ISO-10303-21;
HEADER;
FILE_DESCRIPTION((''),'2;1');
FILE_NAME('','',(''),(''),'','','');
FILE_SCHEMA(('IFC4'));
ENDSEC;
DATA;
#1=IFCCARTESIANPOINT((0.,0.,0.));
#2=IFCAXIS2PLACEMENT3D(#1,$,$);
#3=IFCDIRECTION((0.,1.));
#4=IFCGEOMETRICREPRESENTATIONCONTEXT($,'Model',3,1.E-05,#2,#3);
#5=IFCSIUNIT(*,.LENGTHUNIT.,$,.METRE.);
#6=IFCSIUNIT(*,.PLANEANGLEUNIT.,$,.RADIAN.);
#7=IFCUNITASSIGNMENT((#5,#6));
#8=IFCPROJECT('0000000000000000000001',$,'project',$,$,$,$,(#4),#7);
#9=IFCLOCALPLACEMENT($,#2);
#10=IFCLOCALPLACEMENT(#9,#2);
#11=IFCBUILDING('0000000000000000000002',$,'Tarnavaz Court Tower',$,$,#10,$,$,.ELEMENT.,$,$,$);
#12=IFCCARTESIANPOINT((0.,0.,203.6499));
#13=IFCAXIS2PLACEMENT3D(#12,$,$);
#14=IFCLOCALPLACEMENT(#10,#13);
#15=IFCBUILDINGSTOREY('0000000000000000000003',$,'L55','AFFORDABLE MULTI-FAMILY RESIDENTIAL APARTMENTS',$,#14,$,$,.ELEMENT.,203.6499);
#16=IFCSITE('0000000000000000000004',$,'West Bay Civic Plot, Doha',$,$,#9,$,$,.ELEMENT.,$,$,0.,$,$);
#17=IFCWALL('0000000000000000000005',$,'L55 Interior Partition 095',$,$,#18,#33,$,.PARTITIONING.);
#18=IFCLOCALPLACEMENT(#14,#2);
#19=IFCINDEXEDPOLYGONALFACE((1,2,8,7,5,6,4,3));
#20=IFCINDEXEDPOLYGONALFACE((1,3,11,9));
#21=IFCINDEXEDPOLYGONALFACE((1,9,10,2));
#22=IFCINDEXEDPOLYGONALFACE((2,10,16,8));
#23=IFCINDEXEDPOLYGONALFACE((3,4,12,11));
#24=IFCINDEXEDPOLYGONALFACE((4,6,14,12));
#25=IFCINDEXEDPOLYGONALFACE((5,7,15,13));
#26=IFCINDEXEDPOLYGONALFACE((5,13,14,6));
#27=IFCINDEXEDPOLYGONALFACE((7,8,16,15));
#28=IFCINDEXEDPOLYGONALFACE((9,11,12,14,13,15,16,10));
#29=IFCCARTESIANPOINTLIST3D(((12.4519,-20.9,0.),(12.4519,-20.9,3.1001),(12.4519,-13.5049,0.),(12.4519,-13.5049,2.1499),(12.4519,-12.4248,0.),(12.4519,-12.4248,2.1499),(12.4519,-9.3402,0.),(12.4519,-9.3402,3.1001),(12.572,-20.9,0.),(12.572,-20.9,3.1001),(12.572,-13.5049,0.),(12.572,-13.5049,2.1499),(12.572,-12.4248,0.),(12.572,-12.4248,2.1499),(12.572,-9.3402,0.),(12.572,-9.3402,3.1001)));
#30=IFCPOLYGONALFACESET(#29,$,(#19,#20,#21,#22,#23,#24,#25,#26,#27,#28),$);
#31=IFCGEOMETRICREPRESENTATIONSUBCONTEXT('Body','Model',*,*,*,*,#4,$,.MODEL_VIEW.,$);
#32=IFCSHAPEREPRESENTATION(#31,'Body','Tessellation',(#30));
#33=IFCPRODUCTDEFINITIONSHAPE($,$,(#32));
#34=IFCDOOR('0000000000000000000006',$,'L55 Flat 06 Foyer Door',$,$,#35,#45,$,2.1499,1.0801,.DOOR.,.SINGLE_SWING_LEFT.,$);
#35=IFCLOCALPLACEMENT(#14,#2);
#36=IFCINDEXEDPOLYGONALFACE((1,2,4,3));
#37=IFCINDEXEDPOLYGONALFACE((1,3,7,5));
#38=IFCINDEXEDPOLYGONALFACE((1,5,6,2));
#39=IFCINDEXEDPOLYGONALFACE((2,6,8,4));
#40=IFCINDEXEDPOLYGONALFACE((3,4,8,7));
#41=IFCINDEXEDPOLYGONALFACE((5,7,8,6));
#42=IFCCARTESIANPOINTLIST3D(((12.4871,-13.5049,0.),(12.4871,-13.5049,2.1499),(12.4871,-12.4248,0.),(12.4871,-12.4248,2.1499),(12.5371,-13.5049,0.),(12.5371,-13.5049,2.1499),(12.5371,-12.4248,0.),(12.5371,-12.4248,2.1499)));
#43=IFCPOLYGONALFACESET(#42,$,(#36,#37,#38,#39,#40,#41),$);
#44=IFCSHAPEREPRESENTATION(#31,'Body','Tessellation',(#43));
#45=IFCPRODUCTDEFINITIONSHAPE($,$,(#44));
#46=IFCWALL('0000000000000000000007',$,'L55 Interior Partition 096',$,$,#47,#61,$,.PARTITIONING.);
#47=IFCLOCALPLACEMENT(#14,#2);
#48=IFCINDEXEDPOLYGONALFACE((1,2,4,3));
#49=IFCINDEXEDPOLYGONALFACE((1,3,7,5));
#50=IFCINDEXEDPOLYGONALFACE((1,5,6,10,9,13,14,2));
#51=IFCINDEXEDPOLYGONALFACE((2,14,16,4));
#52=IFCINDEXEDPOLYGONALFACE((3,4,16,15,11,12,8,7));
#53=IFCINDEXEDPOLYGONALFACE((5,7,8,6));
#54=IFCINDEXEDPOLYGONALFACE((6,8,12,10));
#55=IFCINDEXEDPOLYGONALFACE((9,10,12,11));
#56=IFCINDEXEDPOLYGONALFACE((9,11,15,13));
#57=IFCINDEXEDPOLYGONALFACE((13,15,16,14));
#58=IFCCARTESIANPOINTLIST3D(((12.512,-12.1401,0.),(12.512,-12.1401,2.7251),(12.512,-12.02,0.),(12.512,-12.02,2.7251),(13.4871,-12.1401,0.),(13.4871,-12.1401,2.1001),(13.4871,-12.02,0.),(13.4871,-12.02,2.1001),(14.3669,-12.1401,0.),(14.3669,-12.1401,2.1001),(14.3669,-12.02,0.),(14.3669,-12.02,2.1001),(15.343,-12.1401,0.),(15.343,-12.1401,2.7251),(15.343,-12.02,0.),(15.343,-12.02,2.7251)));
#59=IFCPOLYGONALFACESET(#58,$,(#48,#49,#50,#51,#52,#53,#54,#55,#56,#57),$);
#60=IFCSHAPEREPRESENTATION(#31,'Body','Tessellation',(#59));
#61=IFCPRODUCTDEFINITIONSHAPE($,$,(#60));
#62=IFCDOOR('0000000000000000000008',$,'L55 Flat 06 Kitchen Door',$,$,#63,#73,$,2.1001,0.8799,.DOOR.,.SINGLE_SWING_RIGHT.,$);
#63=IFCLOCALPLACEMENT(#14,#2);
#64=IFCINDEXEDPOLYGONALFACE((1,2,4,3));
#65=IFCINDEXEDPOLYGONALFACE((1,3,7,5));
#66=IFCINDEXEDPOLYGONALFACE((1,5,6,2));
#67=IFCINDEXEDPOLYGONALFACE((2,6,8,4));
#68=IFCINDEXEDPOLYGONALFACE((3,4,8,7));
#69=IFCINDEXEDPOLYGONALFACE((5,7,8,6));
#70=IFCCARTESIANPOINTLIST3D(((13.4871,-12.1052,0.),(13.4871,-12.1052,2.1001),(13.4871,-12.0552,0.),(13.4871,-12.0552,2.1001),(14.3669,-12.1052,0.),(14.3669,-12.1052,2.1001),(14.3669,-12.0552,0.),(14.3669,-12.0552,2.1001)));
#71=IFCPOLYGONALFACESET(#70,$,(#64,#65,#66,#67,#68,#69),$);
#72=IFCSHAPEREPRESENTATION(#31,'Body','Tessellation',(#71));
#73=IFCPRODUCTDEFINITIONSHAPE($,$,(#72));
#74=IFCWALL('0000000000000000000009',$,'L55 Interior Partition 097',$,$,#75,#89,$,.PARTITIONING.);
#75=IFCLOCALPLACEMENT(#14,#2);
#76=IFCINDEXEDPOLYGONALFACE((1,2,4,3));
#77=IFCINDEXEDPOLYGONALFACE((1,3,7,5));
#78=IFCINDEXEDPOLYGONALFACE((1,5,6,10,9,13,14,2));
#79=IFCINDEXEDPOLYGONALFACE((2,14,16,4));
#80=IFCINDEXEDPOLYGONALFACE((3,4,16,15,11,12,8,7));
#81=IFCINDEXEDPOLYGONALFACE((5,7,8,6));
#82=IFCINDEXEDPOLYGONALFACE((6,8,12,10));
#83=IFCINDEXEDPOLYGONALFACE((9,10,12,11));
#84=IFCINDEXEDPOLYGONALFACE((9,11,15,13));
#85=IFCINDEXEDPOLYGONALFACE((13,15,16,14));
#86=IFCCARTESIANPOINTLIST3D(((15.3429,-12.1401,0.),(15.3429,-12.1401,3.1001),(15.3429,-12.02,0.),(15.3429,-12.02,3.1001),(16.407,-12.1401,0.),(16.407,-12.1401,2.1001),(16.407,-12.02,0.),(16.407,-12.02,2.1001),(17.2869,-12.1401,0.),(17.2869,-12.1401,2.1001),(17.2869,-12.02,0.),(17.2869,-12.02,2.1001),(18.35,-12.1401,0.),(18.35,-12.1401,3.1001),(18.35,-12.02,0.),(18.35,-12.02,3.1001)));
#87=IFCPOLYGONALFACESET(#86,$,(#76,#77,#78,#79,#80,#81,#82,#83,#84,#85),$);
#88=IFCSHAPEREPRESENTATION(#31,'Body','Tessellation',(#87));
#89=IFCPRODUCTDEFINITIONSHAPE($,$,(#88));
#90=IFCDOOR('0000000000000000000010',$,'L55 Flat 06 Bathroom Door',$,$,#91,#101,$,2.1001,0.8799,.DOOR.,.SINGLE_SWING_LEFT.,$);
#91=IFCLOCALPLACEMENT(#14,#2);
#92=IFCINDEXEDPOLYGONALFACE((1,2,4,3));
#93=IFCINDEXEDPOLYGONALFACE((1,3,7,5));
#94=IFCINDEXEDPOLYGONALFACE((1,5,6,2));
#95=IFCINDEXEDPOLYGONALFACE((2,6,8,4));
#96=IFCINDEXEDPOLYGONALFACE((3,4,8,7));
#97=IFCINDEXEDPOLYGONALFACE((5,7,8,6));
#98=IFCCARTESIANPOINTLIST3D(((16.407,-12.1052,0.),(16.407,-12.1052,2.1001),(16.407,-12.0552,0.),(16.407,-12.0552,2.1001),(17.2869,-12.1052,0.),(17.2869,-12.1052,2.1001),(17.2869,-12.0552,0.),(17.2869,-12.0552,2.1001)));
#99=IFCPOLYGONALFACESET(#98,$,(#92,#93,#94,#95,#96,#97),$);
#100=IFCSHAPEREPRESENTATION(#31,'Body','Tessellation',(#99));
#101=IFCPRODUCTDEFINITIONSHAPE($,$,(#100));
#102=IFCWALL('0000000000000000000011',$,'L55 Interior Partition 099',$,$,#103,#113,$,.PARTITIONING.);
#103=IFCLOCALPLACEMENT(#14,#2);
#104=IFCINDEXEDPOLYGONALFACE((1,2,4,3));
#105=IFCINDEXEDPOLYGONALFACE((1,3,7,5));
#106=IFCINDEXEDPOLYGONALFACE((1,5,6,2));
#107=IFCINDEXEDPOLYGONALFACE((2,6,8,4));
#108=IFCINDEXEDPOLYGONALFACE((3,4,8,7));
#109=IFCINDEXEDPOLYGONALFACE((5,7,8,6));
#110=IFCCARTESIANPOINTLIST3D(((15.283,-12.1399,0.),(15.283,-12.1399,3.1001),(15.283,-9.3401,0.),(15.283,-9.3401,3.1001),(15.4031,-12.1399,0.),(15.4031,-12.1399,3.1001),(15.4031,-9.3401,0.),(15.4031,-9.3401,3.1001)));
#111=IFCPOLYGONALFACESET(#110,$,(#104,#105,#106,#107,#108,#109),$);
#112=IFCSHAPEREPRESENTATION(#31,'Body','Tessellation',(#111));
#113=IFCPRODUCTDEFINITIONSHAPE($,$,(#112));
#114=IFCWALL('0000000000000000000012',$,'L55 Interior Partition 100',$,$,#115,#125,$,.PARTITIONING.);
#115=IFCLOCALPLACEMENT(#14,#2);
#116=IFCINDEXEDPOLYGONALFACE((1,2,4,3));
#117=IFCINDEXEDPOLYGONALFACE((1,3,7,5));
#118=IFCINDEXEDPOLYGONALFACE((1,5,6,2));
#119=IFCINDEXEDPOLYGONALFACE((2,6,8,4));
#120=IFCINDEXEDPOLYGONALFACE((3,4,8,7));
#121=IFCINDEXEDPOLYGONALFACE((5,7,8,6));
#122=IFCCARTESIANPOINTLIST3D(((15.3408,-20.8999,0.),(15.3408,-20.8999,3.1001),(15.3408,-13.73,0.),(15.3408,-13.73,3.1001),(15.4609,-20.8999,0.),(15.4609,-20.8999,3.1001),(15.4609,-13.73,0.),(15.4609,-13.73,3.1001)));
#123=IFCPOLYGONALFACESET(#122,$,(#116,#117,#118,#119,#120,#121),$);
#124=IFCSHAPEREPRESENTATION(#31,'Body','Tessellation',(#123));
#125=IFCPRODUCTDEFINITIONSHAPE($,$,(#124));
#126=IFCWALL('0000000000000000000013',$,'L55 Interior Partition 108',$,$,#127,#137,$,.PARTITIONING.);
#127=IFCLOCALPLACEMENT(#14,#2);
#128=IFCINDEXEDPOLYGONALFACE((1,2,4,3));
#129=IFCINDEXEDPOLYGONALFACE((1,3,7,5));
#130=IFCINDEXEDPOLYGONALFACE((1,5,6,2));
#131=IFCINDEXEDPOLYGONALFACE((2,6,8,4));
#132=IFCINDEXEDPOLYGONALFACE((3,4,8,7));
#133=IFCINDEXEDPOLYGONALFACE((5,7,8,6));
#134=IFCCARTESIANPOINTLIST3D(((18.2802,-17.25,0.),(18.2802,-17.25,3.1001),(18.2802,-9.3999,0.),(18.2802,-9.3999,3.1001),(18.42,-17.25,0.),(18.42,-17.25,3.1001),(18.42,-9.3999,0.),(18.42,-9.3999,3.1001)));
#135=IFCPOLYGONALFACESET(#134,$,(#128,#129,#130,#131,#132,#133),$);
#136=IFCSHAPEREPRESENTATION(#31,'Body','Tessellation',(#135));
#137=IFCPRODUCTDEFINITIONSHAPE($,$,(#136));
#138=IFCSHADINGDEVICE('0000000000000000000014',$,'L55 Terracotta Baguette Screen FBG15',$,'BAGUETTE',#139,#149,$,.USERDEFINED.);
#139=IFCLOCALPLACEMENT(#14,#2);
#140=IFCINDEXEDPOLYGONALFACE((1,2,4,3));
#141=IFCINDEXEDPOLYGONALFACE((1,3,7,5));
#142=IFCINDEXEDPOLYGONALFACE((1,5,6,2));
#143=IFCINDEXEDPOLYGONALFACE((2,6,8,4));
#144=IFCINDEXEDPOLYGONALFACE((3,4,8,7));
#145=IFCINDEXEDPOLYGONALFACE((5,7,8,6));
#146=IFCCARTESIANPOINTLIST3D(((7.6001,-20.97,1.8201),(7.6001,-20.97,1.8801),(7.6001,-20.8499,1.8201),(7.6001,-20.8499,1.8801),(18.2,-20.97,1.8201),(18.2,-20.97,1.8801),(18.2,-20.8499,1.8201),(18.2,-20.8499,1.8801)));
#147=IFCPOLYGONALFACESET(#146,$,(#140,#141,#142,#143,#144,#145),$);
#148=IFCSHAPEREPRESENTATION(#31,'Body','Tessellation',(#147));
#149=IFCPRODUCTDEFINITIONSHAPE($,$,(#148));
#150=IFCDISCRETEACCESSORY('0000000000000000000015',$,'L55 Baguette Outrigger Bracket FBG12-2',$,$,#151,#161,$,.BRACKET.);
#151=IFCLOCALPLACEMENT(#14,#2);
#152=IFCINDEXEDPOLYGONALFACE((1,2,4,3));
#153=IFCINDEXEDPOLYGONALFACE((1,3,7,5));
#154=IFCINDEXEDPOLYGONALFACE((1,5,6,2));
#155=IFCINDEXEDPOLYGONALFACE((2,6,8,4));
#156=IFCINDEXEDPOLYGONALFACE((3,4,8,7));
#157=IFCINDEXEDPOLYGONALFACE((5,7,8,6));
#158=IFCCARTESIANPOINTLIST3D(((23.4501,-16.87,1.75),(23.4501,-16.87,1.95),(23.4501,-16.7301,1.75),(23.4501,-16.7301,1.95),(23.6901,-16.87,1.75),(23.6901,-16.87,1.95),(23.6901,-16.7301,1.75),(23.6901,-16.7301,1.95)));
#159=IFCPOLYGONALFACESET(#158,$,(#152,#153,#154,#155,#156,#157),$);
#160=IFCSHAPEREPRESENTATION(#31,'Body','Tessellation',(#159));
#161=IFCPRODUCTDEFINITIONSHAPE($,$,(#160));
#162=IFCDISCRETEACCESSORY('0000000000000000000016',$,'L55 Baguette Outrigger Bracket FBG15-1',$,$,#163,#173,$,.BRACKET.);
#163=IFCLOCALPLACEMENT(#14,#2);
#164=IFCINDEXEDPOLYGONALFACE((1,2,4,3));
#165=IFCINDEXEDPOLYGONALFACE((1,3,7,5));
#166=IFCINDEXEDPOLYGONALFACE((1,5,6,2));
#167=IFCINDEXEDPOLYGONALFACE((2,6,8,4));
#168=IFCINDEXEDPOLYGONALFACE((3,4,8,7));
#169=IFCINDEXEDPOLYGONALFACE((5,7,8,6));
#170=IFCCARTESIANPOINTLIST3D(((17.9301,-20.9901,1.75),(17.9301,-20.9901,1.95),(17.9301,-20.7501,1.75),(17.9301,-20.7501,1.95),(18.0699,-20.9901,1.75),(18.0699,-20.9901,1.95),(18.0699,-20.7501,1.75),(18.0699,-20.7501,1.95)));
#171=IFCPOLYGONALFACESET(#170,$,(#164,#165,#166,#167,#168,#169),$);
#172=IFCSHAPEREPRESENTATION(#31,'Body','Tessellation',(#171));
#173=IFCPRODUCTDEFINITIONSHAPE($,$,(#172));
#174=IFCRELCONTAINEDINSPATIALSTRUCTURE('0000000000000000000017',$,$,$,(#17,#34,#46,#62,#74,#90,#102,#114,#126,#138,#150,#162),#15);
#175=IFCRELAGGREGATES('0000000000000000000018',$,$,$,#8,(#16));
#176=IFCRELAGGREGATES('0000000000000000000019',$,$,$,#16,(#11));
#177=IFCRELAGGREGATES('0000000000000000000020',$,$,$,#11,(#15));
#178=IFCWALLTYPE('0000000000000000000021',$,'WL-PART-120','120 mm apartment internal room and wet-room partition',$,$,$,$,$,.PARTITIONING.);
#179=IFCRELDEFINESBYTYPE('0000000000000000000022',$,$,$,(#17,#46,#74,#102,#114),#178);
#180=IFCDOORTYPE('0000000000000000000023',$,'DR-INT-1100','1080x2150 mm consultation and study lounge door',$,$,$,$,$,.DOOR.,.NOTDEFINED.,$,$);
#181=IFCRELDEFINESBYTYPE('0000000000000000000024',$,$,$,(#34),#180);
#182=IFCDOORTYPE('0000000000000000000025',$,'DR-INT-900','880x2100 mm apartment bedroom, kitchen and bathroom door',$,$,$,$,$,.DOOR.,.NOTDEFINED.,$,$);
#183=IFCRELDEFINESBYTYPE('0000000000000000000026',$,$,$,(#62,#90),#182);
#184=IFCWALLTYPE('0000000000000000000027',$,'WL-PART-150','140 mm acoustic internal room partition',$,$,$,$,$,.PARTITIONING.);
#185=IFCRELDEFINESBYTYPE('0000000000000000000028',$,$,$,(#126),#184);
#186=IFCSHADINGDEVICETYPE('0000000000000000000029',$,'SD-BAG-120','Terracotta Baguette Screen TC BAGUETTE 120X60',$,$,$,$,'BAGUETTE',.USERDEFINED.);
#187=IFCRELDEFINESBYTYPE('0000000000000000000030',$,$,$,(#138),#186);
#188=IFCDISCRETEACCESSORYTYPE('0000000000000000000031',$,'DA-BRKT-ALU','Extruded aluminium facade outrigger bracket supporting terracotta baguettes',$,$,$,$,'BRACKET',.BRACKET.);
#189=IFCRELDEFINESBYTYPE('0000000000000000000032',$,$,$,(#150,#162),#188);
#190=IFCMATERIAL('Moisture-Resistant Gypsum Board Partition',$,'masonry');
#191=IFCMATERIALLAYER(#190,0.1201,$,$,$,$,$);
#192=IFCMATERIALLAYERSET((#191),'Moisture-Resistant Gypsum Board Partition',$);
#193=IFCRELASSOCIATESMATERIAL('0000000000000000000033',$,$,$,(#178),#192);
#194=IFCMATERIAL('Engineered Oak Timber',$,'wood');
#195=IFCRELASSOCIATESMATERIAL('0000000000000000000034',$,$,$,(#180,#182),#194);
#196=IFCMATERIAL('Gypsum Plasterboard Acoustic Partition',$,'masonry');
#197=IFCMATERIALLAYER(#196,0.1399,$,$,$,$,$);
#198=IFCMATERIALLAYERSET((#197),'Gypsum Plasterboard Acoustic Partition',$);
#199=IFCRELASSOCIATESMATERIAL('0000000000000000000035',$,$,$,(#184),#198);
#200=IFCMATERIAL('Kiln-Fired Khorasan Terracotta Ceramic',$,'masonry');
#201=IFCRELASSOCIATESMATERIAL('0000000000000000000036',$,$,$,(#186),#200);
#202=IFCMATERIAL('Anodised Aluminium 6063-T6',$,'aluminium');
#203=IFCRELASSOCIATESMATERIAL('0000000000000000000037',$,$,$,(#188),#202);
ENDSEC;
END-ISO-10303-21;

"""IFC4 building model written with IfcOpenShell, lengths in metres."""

from ifc_helpers import new_model, si_unit, direction, frame, frame_2d, origin, origin_2d, place, context, subcontext, project, spatial, rectangle, extrude, material, layer, layer_set, material_profile, profile_set, type_object, element, fill, save


model = new_model("IFC4")

# Units and contexts
model_context = context("Model", 3, precision=1e-05, world=origin(), true_north=direction((0.0, 1.0)))
body_context = subcontext(model_context, "Body", "Model", "MODEL_VIEW")
ifc_project = project(units=[si_unit("LENGTHUNIT", "METRE"), si_unit("PLANEANGLEUNIT", "RADIAN")], contexts=[model_context])

# Site, building, storey
site_placement = place(None, origin())
site = spatial("IfcSite", under=ifc_project, at=site_placement, Name="West Bay Civic Plot, Doha", CompositionType="ELEMENT", RefElevation=0.0)
building_placement = place(site_placement, origin())
building = spatial("IfcBuilding", under=site, at=building_placement, Name="Tarnavaz Court Tower", CompositionType="ELEMENT")
storey_placement = place(building_placement, frame((0.0, 0.0, 203.6499)))
storey = spatial("IfcBuildingStorey", under=building, at=storey_placement, Name="L55", Description="AFFORDABLE MULTI-FAMILY RESIDENTIAL APARTMENTS", CompositionType="ELEMENT", Elevation=203.6499)

# Walls, openings, doors
ifc_material_1 = material(Name="Engineered Oak Timber", Category="wood")
ifc_material_2 = material(Name="Moisture-Resistant Gypsum Board Partition", Category="masonry")
ifc_layer_1 = layer(ifc_material_2, 0.1201)
ifc_layer_set_1 = layer_set([ifc_layer_1], Name="Moisture-Resistant Gypsum Board Partition")
wall_type_1 = type_object("IfcWallType", Name="WL-PART-120", Description="120 mm apartment internal room and wet-room partition", PredefinedType="PARTITIONING", material=ifc_layer_set_1)
wall_1_placement = place(storey_placement, frame((12.512, -20.8999, 0.0), z_axis=(0.0, 0.0, 1.0), x_axis=(0.0, 1.0, 0.0)))
wall_1 = element("IfcWall", 1, at=wall_1_placement, inside=storey, type_object=wall_type_1, Name="L55 Interior Partition 095", PredefinedType="PARTITIONING", context=body_context, shape_type="SweptSolid", body=[
    extrude(rectangle(XDim=11.5598, YDim=0.1201, at=frame_2d((5.7798, 0.0))), origin(), (0.0, 0.0, 1.0), 3.1001),
])
opening_1_placement = place(wall_1_placement, frame((7.395, 0.0, 0.0)))
opening_1 = element("IfcOpeningElement", 2, at=opening_1_placement, cuts=wall_1, PredefinedType="OPENING", context=body_context, shape_type="SweptSolid", body=[
    extrude(rectangle(XDim=1.0801, YDim=2.1499, at=frame_2d((0.54, 1.075))), frame((0.0, 0.0701, 0.0), z_axis=(0.0, -1.0, 0.0), x_axis=(1.0, 0.0, 0.0)), (0.0, 0.0, 1.0), 0.1401),
])
door_type_1 = type_object("IfcDoorType", Name="DR-INT-1100", Description="1080x2150 mm consultation and study lounge door", OperationType="NOTDEFINED", PredefinedType="DOOR", material=ifc_material_1)
door_1_placement = place(opening_1_placement, origin())
door_1 = element("IfcDoor", 3, at=door_1_placement, inside=storey, type_object=door_type_1, Name="L55 Flat 06 Foyer Door", OperationType="SINGLE_SWING_LEFT", OverallHeight=2.1499, OverallWidth=1.0801, PredefinedType="DOOR", context=body_context, shape_type="SweptSolid", body=[
    extrude(rectangle(XDim=1.0801, YDim=2.1499, at=frame_2d((0.54, 1.075))), frame((0.0, 0.0249, 0.0), z_axis=(0.0, -1.0, 0.0), x_axis=(1.0, 0.0, 0.0)), (0.0, 0.0, 1.0), 0.05),
])
fill(opening_1, door_1)
wall_2_placement = place(storey_placement, frame((12.512, -12.0801, 0.0), z_axis=(0.0, 0.0, 1.0), x_axis=(1.0, 0.0, 0.0)))
wall_2 = element("IfcWall", 4, at=wall_2_placement, inside=storey, type_object=wall_type_1, Name="L55 Interior Partition 096", PredefinedType="PARTITIONING", context=body_context, shape_type="SweptSolid", body=[
    extrude(rectangle(XDim=2.8311, YDim=0.1201, at=frame_2d((1.4155, 0.0))), origin(), (0.0, 0.0, 1.0), 2.7251),
])
opening_2_placement = place(wall_2_placement, frame((0.9751, 0.0, 0.0)))
opening_2 = element("IfcOpeningElement", 5, at=opening_2_placement, cuts=wall_2, PredefinedType="OPENING", context=body_context, shape_type="SweptSolid", body=[
    extrude(rectangle(XDim=0.8799, YDim=2.1001, at=frame_2d((0.4399, 1.05))), frame((0.0, 0.0701, 0.0), z_axis=(0.0, -1.0, 0.0), x_axis=(1.0, 0.0, 0.0)), (0.0, 0.0, 1.0), 0.1401),
])
door_type_2 = type_object("IfcDoorType", Name="DR-INT-900", Description="880x2100 mm apartment bedroom, kitchen and bathroom door", OperationType="NOTDEFINED", PredefinedType="DOOR", material=ifc_material_1)
door_2_placement = place(opening_2_placement, origin())
door_2 = element("IfcDoor", 6, at=door_2_placement, inside=storey, type_object=door_type_2, Name="L55 Flat 06 Kitchen Door", OperationType="SINGLE_SWING_RIGHT", OverallHeight=2.1001, OverallWidth=0.8799, PredefinedType="DOOR", context=body_context, shape_type="SweptSolid", body=[
    extrude(rectangle(XDim=0.8799, YDim=2.1001, at=frame_2d((0.4399, 1.05))), frame((0.0, 0.0249, 0.0), z_axis=(0.0, -1.0, 0.0), x_axis=(1.0, 0.0, 0.0)), (0.0, 0.0, 1.0), 0.05),
])
fill(opening_2, door_2)
wall_3_placement = place(storey_placement, frame((15.343, -12.0801, 0.0), z_axis=(0.0, 0.0, 1.0), x_axis=(1.0, 0.0, 0.0)))
wall_3 = element("IfcWall", 7, at=wall_3_placement, inside=storey, type_object=wall_type_1, Name="L55 Interior Partition 097", PredefinedType="PARTITIONING", context=body_context, shape_type="SweptSolid", body=[
    extrude(rectangle(XDim=3.0071, YDim=0.1201, at=frame_2d((1.5034, 0.0))), origin(), (0.0, 0.0, 1.0), 3.1001),
])
opening_3_placement = place(wall_3_placement, frame((1.064, 0.0, 0.0)))
opening_3 = element("IfcOpeningElement", 8, at=opening_3_placement, cuts=wall_3, PredefinedType="OPENING", context=body_context, shape_type="SweptSolid", body=[
    extrude(rectangle(XDim=0.8799, YDim=2.1001, at=frame_2d((0.4399, 1.05))), frame((0.0, 0.0701, 0.0), z_axis=(0.0, -1.0, 0.0), x_axis=(1.0, 0.0, 0.0)), (0.0, 0.0, 1.0), 0.1401),
])
door_3_placement = place(opening_3_placement, origin())
door_3 = element("IfcDoor", 9, at=door_3_placement, inside=storey, type_object=door_type_2, Name="L55 Flat 06 Bathroom Door", OperationType="SINGLE_SWING_LEFT", OverallHeight=2.1001, OverallWidth=0.8799, PredefinedType="DOOR", context=body_context, shape_type="SweptSolid", body=[
    extrude(rectangle(XDim=0.8799, YDim=2.1001, at=frame_2d((0.4399, 1.05))), frame((0.0, 0.0249, 0.0), z_axis=(0.0, -1.0, 0.0), x_axis=(1.0, 0.0, 0.0)), (0.0, 0.0, 1.0), 0.05),
])
fill(opening_3, door_3)

# Walls
wall_4_placement = place(storey_placement, frame((15.343, -12.1399, 0.0), z_axis=(0.0, 0.0, 1.0), x_axis=(0.0, 1.0, 0.0)))
element("IfcWall", 10, at=wall_4_placement, inside=storey, type_object=wall_type_1, Name="L55 Interior Partition 099", PredefinedType="PARTITIONING", context=body_context, shape_type="SweptSolid", body=[
    extrude(rectangle(XDim=2.7998, YDim=0.1201, at=frame_2d((1.3999, 0.0))), origin(), (0.0, 0.0, 1.0), 3.1001),
])
wall_5_placement = place(storey_placement, frame((15.4009, -20.8999, 0.0), z_axis=(0.0, 0.0, 1.0), x_axis=(0.0, 1.0, 0.0)))
element("IfcWall", 11, at=wall_5_placement, inside=storey, type_object=wall_type_1, Name="L55 Interior Partition 100", PredefinedType="PARTITIONING", context=body_context, shape_type="SweptSolid", body=[
    extrude(rectangle(XDim=7.1699, YDim=0.1201, at=frame_2d((3.585, 0.0))), origin(), (0.0, 0.0, 1.0), 3.1001),
])
ifc_material_3 = material(Name="Gypsum Plasterboard Acoustic Partition", Category="masonry")
ifc_layer_2 = layer(ifc_material_3, 0.1399)
ifc_layer_set_2 = layer_set([ifc_layer_2], Name="Gypsum Plasterboard Acoustic Partition")
wall_type_2 = type_object("IfcWallType", Name="WL-PART-150", Description="140 mm acoustic internal room partition", PredefinedType="PARTITIONING", material=ifc_layer_set_2)
wall_6_placement = place(storey_placement, frame((18.3501, -17.25, 0.0), z_axis=(0.0, 0.0, 1.0), x_axis=(0.0, 1.0, 0.0)))
element("IfcWall", 12, at=wall_6_placement, inside=storey, type_object=wall_type_2, Name="L55 Interior Partition 108", PredefinedType="PARTITIONING", context=body_context, shape_type="SweptSolid", body=[
    extrude(rectangle(XDim=7.8501, YDim=0.1399, at=frame_2d((3.925, 0.0))), origin(), (0.0, 0.0, 1.0), 3.1001),
])

# Shading device
ifc_material_4 = material(Name="Kiln-Fired Khorasan Terracotta Ceramic", Category="masonry")
ifc_material_profile_1 = material_profile(ifc_material_4, rectangle(XDim=0.1201, YDim=0.0601, at=origin_2d()), Name="TC BAGUETTE 120X60")
ifc_profile_set_1 = profile_set([ifc_material_profile_1], Name="Kiln-Fired Khorasan Terracotta Ceramic")
shading_device_type = type_object("IfcShadingDeviceType", Name="SD-BAG-120", Description="Terracotta Baguette Screen TC BAGUETTE 120X60", ElementType="BAGUETTE", PredefinedType="USERDEFINED", material=ifc_profile_set_1)
shading_device_placement = place(storey_placement, frame((18.2, -20.9099, 1.8501), z_axis=(-1.0, 0.0, 0.0), x_axis=(0.0, -1.0, 0.0)))
element("IfcShadingDevice", 13, at=shading_device_placement, inside=storey, type_object=shading_device_type, Name="L55 Terracotta Baguette Screen FBG15", ObjectType="BAGUETTE", PredefinedType="USERDEFINED", context=body_context, shape_type="SweptSolid", body=[
    extrude(rectangle(XDim=0.1201, YDim=0.0601, at=origin_2d()), origin(), (0.0, 0.0, 1.0), 10.5999),
])

# Discrete accessories
ifc_material_5 = material(Name="Anodised Aluminium 6063-T6", Category="aluminium")
discrete_accessory_type = type_object("IfcDiscreteAccessoryType", Name="DA-BRKT-ALU", Description="Extruded aluminium facade outrigger bracket supporting terracotta baguettes", ElementType="BRACKET", PredefinedType="BRACKET", material=ifc_material_5)
for number, where, z_axis, x_axis, name in (
    (14, (23.5701, -16.8, 1.75), (0.0, 0.0, 1.0), (0.0, -1.0, 0.0), "L55 Baguette Outrigger Bracket FBG12-2"),
    (15, (18.0, -20.8701, 1.75), (0.0, 0.0, 1.0), (-1.0, 0.0, 0.0), "L55 Baguette Outrigger Bracket FBG15-1"),
):
    element("IfcDiscreteAccessory", number, at=place(storey_placement, frame(where, z_axis=z_axis, x_axis=x_axis)), inside=storey, type_object=discrete_accessory_type, Name=name, PredefinedType="BRACKET", context=body_context, shape_type="SweptSolid", body=[
        extrude(rectangle(XDim=0.1399, YDim=0.24, at=origin_2d()), origin(), (0.0, 0.0, 1.0), 0.2),
    ])

save(model, "model.ifc")
